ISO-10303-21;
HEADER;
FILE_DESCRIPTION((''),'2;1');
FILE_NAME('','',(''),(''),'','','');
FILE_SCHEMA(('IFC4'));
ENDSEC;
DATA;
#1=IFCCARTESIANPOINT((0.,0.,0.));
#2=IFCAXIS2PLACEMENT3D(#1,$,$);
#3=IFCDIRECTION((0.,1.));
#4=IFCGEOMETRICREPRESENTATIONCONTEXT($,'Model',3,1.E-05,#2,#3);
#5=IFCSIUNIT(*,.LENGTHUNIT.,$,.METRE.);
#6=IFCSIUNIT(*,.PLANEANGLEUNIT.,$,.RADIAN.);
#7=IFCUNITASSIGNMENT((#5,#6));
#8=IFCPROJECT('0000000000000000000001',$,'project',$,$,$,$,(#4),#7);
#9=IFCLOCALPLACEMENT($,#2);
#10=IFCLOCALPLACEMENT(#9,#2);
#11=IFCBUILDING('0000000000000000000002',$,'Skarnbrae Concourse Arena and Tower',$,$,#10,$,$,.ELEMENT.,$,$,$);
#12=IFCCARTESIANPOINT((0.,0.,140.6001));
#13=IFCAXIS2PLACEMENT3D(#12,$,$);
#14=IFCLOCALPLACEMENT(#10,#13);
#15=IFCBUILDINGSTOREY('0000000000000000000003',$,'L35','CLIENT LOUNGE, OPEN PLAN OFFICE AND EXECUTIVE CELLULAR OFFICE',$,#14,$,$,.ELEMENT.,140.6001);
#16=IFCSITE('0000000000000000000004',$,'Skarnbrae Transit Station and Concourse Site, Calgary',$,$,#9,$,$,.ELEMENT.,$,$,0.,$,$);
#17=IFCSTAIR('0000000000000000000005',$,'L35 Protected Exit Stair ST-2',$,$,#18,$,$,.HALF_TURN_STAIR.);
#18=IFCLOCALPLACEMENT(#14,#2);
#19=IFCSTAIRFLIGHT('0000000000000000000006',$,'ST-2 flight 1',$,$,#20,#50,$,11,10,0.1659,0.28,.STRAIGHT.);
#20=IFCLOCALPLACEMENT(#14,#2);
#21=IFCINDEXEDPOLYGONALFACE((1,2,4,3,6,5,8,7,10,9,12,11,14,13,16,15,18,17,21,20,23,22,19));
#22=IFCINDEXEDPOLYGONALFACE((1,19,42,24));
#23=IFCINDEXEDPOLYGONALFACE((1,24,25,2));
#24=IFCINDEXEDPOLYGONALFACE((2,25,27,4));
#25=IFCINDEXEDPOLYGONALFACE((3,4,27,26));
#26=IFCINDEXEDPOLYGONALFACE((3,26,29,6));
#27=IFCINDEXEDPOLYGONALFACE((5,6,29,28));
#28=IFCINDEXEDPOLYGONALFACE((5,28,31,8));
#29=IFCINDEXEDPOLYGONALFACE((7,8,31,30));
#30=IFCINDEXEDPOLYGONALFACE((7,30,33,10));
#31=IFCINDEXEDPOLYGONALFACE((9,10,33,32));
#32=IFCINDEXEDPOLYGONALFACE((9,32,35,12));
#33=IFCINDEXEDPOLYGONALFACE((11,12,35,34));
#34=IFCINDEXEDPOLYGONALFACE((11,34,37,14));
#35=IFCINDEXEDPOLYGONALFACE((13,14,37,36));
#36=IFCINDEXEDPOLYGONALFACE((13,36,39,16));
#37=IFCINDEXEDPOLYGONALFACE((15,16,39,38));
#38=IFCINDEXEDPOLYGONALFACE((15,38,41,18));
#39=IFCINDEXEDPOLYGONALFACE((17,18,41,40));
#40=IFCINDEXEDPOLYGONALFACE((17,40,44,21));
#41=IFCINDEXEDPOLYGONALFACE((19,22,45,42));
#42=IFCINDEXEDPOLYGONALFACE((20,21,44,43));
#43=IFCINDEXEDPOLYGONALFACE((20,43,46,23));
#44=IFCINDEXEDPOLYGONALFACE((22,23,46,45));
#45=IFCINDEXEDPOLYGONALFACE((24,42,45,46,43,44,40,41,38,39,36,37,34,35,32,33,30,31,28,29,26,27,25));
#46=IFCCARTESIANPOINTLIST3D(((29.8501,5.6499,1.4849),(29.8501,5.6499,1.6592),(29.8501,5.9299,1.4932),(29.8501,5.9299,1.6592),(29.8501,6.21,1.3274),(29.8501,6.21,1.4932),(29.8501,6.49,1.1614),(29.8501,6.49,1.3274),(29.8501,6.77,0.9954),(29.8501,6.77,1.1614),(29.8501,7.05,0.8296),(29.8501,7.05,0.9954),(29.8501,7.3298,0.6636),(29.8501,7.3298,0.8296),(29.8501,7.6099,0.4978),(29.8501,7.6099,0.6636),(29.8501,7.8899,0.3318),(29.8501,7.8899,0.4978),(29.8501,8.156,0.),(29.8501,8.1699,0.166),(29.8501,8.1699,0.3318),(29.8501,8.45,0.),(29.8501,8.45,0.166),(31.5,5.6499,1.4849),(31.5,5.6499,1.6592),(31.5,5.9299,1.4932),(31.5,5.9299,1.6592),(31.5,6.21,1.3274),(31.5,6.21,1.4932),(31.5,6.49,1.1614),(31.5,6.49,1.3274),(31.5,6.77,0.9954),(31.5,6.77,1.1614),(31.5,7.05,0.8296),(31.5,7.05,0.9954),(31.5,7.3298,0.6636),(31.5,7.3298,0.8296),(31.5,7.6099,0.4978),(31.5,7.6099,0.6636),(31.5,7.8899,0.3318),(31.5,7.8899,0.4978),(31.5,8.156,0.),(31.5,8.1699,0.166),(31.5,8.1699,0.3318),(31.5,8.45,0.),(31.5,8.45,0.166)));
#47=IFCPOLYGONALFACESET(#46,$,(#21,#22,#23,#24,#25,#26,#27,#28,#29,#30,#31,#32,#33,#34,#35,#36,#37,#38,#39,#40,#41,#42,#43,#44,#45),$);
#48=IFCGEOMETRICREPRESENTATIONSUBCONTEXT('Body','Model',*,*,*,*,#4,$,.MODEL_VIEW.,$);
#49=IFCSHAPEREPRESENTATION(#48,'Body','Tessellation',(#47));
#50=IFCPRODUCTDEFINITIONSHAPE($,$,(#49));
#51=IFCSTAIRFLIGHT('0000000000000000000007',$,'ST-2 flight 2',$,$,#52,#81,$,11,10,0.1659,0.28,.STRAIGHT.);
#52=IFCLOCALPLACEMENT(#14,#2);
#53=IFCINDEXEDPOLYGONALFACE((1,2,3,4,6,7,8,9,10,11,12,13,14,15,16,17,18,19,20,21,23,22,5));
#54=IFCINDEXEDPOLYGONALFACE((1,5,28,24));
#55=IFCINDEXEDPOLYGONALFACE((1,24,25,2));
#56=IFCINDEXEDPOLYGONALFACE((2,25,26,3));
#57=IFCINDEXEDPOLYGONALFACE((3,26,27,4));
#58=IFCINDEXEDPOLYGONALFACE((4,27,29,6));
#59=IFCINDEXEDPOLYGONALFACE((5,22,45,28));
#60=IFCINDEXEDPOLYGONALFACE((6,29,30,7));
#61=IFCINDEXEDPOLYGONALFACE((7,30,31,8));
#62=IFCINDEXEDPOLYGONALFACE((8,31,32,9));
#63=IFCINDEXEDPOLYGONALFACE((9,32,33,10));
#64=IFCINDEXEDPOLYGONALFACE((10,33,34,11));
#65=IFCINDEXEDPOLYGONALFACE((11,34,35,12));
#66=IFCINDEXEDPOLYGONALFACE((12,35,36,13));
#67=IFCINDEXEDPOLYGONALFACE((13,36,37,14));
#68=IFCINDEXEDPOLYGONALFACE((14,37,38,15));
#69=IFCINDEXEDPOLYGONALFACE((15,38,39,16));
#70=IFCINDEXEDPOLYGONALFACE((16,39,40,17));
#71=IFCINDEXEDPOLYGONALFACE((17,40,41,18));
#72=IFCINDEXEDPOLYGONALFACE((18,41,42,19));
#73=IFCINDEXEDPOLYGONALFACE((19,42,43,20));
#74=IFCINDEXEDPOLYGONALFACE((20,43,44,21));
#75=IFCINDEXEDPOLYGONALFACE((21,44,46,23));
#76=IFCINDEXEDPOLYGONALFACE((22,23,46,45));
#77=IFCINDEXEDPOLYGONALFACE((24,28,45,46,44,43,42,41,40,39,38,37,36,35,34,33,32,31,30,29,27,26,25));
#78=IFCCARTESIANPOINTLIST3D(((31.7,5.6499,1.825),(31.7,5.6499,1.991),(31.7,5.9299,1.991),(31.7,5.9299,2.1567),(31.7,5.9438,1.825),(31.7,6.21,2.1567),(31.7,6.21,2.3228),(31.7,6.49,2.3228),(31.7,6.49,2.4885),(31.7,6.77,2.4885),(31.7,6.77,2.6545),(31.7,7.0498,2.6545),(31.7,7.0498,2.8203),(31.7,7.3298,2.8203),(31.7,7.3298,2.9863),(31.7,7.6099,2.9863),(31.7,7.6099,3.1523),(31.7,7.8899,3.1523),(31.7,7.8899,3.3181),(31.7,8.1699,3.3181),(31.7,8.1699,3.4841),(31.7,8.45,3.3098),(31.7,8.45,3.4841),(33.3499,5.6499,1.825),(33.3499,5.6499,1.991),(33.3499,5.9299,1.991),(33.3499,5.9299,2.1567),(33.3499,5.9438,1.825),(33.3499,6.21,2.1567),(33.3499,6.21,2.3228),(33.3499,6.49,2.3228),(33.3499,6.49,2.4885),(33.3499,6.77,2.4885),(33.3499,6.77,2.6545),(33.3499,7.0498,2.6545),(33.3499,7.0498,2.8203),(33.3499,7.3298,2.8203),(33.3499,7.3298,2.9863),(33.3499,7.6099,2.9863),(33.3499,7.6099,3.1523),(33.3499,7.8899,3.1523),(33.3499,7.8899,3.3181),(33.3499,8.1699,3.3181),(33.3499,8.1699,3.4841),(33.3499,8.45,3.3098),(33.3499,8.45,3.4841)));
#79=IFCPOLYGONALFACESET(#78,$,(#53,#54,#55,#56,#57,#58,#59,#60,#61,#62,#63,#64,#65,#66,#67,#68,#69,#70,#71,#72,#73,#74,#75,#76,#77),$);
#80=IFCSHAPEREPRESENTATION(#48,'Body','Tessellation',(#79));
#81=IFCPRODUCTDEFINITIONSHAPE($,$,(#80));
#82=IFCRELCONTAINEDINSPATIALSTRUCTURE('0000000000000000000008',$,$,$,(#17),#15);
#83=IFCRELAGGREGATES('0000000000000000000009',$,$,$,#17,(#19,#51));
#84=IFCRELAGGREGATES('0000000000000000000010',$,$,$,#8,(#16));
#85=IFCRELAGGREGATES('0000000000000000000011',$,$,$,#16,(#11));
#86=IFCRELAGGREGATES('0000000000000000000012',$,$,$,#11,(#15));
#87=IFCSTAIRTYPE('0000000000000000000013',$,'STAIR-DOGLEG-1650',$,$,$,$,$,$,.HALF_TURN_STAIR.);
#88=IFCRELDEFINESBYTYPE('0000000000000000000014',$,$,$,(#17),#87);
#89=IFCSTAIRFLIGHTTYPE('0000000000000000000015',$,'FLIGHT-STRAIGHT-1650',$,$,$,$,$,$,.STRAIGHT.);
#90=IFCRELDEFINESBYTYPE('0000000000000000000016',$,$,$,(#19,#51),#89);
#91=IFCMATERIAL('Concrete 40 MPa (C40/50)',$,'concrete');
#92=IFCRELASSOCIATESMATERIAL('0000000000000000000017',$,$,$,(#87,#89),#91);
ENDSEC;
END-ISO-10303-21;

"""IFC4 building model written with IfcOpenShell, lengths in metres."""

from ifc_helpers import new_model, si_unit, direction, frame, origin, place, context, subcontext, project, spatial, polyline, outline, extrude, source, transform, mapped, material, type_object, element, aggregate, save


model = new_model("IFC4")

# Units and contexts
model_context = context("Model", 3, precision=1e-05, world=origin(), true_north=direction((0.0, 1.0)))
body_context = subcontext(model_context, "Body", "Model", "MODEL_VIEW")
ifc_project = project(units=[si_unit("LENGTHUNIT", "METRE"), si_unit("PLANEANGLEUNIT", "RADIAN")], contexts=[model_context])

# Site, building, storey
site_placement = place(None, origin())
site = spatial("IfcSite", under=ifc_project, at=site_placement, Name="Skarnbrae Transit Station and Concourse Site, Calgary", CompositionType="ELEMENT", RefElevation=0.0)
building_placement = place(site_placement, origin())
building = spatial("IfcBuilding", under=site, at=building_placement, Name="Skarnbrae Concourse Arena and Tower", CompositionType="ELEMENT")
storey_placement = place(building_placement, frame((0.0, 0.0, 140.6001)))
storey = spatial("IfcBuildingStorey", under=building, at=storey_placement, Name="L35", Description="CLIENT LOUNGE, OPEN PLAN OFFICE AND EXECUTIVE CELLULAR OFFICE", CompositionType="ELEMENT", Elevation=140.6001)

# Stair, stair flights
ifc_material_1 = material(Name="Concrete 40 MPa (C40/50)", Category="concrete")
stair_type = type_object("IfcStairType", Name="STAIR-DOGLEG-1650", PredefinedType="HALF_TURN_STAIR", material=ifc_material_1)
stair_placement = place(storey_placement, origin())
stair = element("IfcStair", 1, at=stair_placement, inside=storey, type_object=stair_type, Name="L35 Protected Exit Stair ST-2", PredefinedType="HALF_TURN_STAIR")
stair_flight_type = type_object("IfcStairFlightType", Name="FLIGHT-STRAIGHT-1650", PredefinedType="STRAIGHT", material=ifc_material_1)
shared_shape_1 = source(origin(), body_context, "Body", "SweptSolid", [
    extrude(outline(polyline([(0.0, 0.0), (0.0, 0.166), (0.28, 0.166), (0.28, 0.3318), (0.5601, 0.3318), (0.5601, 0.4978), (0.8401, 0.4978), (0.8401, 0.6636), (1.1201, 0.6636), (1.1201, 0.8296), (1.3999, 0.8296), (1.3999, 0.9954), (1.6799, 0.9954), (1.6799, 1.1614), (1.96, 1.1614), (1.96, 1.3274), (2.24, 1.3274), (2.24, 1.4932), (2.52, 1.4932), (2.52, 1.6592), (2.8, 1.6592), (2.8, 1.825), (2.8, 1.4849), (0.2939, 0.0), (0.0, 0.0)])), frame((0.0, 0.825, 0.0), z_axis=(0.0, -1.0, 0.0), x_axis=(1.0, 0.0, 0.0)), (0.0, 0.0, 1.0), 1.6499),
])
stair_flight_1_placement = place(storey_placement, frame((30.675, 8.45, 0.0), z_axis=(0.0, 0.0, 1.0), x_axis=(0.0, -1.0, 0.0)))
stair_flight_1 = element("IfcStairFlight", 2, at=stair_flight_1_placement, type_object=stair_flight_type, Name="ST-2 flight 1", NumberOfRisers=11, NumberOfTreads=10, PredefinedType="STRAIGHT", RiserHeight=0.1659, TreadLength=0.28, context=body_context, shape_type="MappedRepresentation", body=[
    mapped(shared_shape_1, transform((0.0, 0.0, 0.0))),
])
stair_flight_2_placement = place(storey_placement, frame((32.5249, 5.6499, 1.825), z_axis=(0.0, 0.0, 1.0), x_axis=(0.0, 1.0, 0.0)))
stair_flight_2 = element("IfcStairFlight", 3, at=stair_flight_2_placement, type_object=stair_flight_type, Name="ST-2 flight 2", NumberOfRisers=11, NumberOfTreads=10, PredefinedType="STRAIGHT", RiserHeight=0.1659, TreadLength=0.28, context=body_context, shape_type="MappedRepresentation", body=[
    mapped(shared_shape_1, transform((0.0, 0.0, 0.0))),
])
aggregate(stair, [stair_flight_1, stair_flight_2])

save(model, "model.ifc")
